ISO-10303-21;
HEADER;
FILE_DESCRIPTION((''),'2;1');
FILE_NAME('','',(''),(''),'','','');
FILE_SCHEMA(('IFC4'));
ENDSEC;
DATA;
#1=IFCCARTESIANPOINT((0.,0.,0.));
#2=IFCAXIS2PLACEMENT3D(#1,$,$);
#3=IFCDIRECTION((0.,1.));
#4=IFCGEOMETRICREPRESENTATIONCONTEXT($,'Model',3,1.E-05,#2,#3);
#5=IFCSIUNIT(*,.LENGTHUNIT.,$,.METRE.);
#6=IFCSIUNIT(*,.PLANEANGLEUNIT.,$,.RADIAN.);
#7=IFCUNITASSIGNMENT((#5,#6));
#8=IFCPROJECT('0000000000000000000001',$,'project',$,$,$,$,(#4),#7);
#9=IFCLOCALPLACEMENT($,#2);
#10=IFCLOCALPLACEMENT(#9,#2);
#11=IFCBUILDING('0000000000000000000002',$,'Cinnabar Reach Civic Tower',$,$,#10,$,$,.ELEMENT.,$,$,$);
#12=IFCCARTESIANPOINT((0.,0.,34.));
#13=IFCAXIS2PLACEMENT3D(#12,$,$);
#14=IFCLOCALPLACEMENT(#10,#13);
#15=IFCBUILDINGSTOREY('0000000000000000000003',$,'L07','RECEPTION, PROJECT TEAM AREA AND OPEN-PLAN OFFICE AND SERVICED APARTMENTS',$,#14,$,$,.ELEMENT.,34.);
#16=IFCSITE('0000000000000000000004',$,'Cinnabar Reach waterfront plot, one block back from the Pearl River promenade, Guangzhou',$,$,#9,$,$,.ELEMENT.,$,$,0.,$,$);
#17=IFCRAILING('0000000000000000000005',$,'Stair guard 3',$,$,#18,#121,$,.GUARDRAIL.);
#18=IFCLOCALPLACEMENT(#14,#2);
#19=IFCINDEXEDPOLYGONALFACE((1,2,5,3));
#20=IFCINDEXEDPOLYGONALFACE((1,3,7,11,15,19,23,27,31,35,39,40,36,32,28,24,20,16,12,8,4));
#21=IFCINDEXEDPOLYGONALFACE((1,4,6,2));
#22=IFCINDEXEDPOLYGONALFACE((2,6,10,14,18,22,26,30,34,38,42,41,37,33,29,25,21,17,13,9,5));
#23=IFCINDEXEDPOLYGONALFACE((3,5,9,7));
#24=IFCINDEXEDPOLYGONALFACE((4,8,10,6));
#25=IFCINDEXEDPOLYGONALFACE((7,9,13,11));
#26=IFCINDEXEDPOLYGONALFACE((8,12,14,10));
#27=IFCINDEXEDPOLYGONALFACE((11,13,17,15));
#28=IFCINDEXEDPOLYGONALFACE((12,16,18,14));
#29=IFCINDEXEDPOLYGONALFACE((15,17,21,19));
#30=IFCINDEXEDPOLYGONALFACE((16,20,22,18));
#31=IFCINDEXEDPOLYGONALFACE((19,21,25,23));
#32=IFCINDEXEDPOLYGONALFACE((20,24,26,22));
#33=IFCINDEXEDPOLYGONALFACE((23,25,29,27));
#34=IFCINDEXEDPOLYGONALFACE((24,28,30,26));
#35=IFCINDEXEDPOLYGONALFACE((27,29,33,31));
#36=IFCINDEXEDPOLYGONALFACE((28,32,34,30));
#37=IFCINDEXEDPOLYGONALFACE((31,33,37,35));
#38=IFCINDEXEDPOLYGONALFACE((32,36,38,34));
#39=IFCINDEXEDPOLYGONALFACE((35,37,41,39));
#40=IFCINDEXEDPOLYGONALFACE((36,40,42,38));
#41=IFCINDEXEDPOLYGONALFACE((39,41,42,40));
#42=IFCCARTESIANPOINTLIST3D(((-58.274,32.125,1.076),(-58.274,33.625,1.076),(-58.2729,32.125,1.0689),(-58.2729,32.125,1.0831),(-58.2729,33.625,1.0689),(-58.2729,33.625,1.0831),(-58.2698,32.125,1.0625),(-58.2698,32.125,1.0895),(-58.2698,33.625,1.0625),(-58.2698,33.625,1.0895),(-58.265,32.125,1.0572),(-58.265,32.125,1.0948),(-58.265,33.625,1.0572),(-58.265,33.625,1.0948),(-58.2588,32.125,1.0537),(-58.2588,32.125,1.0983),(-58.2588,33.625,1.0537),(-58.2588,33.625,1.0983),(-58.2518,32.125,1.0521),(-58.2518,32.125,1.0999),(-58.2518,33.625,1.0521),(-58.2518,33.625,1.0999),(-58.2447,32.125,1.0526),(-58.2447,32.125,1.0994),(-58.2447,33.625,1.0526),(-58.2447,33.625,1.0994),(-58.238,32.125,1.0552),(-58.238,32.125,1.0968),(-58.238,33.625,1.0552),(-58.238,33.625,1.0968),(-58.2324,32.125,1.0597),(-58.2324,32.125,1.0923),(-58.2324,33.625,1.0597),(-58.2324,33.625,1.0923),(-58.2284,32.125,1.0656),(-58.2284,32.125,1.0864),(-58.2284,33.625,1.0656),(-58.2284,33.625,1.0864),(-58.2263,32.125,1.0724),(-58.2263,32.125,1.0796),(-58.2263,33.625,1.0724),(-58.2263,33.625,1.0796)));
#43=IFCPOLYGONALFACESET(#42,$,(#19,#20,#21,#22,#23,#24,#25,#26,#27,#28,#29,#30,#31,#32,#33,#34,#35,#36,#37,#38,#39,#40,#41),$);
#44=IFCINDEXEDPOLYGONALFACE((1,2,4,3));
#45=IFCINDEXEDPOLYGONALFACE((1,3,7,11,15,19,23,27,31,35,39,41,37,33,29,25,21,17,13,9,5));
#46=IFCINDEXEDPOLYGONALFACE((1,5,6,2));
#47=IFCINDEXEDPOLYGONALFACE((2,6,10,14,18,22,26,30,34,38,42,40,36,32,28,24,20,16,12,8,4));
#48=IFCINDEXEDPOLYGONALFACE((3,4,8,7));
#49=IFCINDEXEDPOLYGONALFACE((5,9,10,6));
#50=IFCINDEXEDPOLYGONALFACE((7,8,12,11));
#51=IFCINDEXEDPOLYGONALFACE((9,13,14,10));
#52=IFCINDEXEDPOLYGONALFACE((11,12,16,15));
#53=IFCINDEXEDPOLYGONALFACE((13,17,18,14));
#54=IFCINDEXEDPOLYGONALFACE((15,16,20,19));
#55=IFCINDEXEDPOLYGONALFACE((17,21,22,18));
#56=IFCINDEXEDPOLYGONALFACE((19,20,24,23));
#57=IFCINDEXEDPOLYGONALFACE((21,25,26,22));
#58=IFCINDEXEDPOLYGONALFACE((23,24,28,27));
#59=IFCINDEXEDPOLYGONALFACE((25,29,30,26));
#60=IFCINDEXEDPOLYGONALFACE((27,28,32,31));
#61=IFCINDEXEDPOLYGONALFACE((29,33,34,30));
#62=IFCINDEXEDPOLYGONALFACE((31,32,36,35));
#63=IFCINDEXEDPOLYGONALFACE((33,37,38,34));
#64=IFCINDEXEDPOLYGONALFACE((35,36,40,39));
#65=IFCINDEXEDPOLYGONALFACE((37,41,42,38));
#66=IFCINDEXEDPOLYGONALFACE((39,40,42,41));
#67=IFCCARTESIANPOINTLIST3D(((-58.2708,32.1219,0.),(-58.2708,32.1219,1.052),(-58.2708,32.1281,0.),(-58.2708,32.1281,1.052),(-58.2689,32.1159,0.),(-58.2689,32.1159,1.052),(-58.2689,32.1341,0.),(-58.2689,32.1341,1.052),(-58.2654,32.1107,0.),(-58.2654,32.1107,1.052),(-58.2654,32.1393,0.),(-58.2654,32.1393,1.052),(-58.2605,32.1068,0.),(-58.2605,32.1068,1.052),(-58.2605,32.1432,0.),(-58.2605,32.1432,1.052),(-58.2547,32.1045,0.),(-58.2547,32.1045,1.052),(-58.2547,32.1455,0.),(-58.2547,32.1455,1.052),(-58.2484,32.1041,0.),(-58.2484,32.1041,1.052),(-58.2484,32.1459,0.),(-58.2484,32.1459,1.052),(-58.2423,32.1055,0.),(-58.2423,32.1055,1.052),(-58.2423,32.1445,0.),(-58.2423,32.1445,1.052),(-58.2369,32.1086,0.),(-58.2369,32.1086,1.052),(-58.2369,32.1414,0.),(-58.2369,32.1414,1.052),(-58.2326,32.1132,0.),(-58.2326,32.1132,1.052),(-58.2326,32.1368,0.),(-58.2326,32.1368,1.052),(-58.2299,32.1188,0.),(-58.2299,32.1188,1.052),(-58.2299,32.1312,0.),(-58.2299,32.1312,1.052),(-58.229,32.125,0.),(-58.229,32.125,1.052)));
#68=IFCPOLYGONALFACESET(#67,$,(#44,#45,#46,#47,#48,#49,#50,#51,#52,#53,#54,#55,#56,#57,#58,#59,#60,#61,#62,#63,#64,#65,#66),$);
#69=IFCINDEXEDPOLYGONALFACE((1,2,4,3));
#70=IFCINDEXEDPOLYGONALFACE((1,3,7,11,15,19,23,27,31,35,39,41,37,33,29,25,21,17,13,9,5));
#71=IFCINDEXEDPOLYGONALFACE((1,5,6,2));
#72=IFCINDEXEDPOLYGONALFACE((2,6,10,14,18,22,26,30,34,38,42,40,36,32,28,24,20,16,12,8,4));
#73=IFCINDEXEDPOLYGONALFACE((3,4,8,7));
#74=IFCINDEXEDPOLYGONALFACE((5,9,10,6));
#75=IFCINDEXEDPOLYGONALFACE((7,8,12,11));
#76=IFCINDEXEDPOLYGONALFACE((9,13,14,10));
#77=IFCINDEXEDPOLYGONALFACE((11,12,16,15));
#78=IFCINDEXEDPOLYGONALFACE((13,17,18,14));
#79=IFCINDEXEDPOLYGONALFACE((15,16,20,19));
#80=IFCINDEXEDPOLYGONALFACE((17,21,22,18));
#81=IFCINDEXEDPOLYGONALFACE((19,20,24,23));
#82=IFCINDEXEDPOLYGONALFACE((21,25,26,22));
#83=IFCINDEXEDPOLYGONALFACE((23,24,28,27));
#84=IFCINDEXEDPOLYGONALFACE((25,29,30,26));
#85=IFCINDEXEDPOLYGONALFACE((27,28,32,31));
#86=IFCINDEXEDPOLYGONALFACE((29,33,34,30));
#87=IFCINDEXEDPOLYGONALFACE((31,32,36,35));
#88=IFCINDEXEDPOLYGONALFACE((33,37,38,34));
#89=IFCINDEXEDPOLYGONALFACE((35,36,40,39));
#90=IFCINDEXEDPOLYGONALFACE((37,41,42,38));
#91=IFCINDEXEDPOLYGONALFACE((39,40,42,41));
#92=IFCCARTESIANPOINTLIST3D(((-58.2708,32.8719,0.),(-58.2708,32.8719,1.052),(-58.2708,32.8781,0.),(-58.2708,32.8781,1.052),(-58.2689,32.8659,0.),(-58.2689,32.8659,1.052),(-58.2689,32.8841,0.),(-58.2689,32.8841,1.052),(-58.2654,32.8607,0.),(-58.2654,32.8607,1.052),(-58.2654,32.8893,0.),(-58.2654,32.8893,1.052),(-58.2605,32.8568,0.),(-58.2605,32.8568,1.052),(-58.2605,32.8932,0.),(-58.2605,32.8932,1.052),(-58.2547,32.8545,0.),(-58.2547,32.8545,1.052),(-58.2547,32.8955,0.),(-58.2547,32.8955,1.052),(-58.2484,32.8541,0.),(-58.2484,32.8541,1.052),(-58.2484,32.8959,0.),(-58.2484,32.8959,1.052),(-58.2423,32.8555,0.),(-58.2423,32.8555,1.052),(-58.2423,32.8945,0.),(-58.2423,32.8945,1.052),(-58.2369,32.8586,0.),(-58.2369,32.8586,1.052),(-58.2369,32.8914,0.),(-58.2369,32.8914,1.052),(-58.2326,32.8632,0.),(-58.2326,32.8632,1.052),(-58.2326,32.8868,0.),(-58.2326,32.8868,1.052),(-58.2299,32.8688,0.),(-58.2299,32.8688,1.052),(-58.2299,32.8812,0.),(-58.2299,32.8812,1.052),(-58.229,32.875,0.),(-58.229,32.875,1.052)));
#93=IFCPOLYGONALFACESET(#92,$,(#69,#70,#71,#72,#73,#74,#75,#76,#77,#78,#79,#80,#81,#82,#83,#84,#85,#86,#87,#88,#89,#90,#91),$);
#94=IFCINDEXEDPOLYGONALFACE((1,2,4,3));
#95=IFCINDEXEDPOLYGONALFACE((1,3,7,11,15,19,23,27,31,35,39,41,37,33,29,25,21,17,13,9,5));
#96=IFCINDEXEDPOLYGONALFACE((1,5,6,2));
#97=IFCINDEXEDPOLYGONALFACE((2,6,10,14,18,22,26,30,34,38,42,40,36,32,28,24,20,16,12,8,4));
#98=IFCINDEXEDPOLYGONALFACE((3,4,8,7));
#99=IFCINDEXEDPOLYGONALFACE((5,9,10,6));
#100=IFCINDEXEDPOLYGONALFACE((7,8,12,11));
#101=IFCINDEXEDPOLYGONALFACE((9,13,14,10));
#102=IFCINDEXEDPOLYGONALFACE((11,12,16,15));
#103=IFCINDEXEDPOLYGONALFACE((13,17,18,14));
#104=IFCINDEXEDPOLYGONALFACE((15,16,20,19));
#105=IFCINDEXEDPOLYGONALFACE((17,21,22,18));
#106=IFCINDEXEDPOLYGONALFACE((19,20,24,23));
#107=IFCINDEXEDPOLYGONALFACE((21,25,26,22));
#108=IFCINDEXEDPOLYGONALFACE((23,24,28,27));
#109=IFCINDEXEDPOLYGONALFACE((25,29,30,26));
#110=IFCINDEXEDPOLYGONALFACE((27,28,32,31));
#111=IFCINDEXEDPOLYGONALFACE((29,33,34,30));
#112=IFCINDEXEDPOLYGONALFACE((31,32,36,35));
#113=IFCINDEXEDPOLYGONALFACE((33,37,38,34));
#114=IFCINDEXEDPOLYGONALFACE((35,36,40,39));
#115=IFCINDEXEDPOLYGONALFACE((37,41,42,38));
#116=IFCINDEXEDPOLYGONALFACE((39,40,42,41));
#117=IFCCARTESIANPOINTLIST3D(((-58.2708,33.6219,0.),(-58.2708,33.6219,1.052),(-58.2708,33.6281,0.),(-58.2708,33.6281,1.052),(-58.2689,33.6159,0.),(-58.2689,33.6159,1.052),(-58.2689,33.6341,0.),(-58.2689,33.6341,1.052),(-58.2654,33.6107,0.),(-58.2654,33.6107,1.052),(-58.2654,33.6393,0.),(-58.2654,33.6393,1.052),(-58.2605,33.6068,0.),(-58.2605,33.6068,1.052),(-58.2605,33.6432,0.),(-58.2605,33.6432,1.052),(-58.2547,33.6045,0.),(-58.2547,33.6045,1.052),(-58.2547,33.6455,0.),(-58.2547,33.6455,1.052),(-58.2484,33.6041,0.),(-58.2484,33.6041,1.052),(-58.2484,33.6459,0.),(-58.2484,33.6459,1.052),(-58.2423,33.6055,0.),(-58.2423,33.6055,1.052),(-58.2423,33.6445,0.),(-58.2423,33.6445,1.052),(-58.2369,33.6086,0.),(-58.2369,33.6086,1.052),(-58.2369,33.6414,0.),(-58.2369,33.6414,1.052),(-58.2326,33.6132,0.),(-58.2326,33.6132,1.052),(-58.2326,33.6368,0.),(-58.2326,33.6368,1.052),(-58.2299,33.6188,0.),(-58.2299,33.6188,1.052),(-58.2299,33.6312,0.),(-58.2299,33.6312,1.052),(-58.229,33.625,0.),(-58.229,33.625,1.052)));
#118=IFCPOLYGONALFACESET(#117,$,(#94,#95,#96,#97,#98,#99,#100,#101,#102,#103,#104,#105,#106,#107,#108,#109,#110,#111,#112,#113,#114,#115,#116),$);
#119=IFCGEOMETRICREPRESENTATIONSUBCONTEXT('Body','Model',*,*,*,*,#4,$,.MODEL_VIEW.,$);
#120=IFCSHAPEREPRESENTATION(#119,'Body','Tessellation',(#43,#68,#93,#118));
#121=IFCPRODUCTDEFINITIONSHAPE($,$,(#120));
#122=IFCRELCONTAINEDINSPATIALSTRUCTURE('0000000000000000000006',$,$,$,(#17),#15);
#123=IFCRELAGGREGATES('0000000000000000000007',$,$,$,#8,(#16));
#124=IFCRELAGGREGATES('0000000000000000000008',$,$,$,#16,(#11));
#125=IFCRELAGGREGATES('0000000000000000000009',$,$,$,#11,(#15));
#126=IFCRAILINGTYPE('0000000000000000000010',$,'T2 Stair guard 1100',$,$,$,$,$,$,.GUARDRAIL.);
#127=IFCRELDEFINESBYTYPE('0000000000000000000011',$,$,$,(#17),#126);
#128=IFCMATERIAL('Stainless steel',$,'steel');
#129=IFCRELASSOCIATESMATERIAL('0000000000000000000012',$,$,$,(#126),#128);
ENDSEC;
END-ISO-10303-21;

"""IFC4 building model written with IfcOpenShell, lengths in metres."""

from ifc_helpers import new_model, si_unit, direction, frame, origin, origin_2d, place, context, subcontext, project, spatial, circle, extrude, material, type_object, element, save


model = new_model("IFC4")

# Units and contexts
model_context = context("Model", 3, precision=1e-05, world=origin(), true_north=direction((0.0, 1.0)))
body_context = subcontext(model_context, "Body", "Model", "MODEL_VIEW")
ifc_project = project(units=[si_unit("LENGTHUNIT", "METRE"), si_unit("PLANEANGLEUNIT", "RADIAN")], contexts=[model_context])

# Site, building, storey
site_placement = place(None, origin())
site = spatial("IfcSite", under=ifc_project, at=site_placement, Name="Cinnabar Reach waterfront plot, one block back from the Pearl River promenade, Guangzhou", CompositionType="ELEMENT", RefElevation=0.0)
building_placement = place(site_placement, origin())
building = spatial("IfcBuilding", under=site, at=building_placement, Name="Cinnabar Reach Civic Tower", CompositionType="ELEMENT")
storey_placement = place(building_placement, frame((0.0, 0.0, 34.0)))
storey = spatial("IfcBuildingStorey", under=building, at=storey_placement, Name="L07", Description="RECEPTION, PROJECT TEAM AREA AND OPEN-PLAN OFFICE AND SERVICED APARTMENTS", CompositionType="ELEMENT", Elevation=34.0)

# Railing
ifc_material_1 = material(Name="Stainless steel", Category="steel")
railing_type = type_object("IfcRailingType", Name="T2 Stair guard 1100", PredefinedType="GUARDRAIL", material=ifc_material_1)
railing_1_placement = place(storey_placement, frame((-58.25, 32.125, 0.0)))
element("IfcRailing", 1, at=railing_1_placement, inside=storey, type_object=railing_type, Name="Stair guard 3", PredefinedType="GUARDRAIL", context=body_context, shape_type="SweptSolid", body=[
    extrude(circle(Radius=0.024, at=origin_2d()), frame((0.0, 0.0, 1.076), z_axis=(0.0, 1.0, 0.0), x_axis=(-1.0, 0.0, 0.0)), (0.0, 0.0, 1.0), 1.5),
    extrude(circle(Radius=0.021, at=origin_2d()), origin(), (0.0, 0.0, 1.0), 1.052),
    extrude(circle(Radius=0.021, at=origin_2d()), frame((0.0, 0.75, 0.0)), (0.0, 0.0, 1.0), 1.052),
    extrude(circle(Radius=0.021, at=origin_2d()), frame((0.0, 1.5, 0.0)), (0.0, 0.0, 1.0), 1.052),
])

save(model, "model.ifc")
